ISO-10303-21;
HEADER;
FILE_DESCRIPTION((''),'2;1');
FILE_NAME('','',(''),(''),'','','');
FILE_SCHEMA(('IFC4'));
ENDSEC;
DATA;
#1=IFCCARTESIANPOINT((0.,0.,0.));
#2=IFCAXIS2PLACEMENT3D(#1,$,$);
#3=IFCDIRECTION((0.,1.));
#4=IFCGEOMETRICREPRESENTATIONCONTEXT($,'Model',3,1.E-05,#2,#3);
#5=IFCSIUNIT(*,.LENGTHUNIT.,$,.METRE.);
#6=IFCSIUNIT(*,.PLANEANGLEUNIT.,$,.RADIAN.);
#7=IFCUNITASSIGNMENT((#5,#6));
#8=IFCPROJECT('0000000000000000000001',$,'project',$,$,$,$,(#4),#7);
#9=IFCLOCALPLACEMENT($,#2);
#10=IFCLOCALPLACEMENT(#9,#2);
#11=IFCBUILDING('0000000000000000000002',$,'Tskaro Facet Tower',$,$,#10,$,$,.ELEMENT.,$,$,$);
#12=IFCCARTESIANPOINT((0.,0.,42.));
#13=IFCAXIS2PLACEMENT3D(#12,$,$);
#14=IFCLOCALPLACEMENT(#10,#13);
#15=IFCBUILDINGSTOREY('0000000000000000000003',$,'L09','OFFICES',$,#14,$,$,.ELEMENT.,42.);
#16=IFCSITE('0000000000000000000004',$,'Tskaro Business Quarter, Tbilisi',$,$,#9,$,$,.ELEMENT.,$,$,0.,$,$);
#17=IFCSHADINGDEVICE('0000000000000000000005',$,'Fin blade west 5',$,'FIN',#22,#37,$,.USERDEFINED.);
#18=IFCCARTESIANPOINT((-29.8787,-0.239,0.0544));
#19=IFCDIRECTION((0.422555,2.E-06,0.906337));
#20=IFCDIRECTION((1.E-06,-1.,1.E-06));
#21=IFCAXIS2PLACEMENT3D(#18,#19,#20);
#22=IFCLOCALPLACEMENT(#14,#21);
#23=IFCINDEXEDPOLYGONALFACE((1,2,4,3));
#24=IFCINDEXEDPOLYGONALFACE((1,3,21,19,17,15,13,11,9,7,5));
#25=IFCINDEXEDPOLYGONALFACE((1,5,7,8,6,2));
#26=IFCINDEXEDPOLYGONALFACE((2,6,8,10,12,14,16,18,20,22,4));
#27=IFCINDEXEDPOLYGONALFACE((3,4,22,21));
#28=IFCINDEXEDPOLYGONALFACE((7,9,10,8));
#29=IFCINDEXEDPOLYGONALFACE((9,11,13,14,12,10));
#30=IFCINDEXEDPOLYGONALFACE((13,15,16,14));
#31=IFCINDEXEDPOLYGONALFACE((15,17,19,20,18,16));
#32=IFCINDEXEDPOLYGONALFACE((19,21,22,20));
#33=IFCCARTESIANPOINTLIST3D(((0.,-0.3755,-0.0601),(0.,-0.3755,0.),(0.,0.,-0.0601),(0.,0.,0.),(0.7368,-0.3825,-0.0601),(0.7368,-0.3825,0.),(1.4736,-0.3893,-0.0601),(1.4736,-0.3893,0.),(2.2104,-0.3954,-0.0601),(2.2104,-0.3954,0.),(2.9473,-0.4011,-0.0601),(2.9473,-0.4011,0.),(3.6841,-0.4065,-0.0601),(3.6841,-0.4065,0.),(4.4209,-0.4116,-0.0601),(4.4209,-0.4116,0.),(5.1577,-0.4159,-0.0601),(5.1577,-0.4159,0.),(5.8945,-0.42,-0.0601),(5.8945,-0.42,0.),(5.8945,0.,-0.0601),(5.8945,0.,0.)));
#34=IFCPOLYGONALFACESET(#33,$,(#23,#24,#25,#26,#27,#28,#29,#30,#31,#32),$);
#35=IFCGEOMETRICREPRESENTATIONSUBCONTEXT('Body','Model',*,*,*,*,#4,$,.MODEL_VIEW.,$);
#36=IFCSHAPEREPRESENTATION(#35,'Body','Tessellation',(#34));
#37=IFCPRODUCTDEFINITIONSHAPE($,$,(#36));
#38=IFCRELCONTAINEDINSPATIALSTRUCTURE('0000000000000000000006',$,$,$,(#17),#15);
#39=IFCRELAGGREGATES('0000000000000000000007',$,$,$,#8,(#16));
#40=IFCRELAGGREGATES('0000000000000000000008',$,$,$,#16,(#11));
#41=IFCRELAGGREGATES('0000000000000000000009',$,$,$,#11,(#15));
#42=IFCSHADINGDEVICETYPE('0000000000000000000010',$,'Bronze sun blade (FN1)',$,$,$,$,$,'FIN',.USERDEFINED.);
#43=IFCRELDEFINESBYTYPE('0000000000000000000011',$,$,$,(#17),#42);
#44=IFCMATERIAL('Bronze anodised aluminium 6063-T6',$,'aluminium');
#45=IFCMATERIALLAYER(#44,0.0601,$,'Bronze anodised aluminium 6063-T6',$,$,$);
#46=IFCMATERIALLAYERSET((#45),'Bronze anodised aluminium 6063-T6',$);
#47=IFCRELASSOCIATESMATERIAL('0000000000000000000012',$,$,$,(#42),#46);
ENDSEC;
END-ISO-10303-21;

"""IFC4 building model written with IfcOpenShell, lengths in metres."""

from ifc_helpers import new_model, si_unit, direction, frame, origin, place, context, subcontext, project, spatial, polyline, outline, extrude, material, layer, layer_set, type_object, element, save


model = new_model("IFC4")

# Units and contexts
model_context = context("Model", 3, precision=1e-05, world=origin(), true_north=direction((0.0, 1.0)))
body_context = subcontext(model_context, "Body", "Model", "MODEL_VIEW")
ifc_project = project(units=[si_unit("LENGTHUNIT", "METRE"), si_unit("PLANEANGLEUNIT", "RADIAN")], contexts=[model_context])

# Site, building, storey
site_placement = place(None, origin())
site = spatial("IfcSite", under=ifc_project, at=site_placement, Name="Tskaro Business Quarter, Tbilisi", CompositionType="ELEMENT", RefElevation=0.0)
building_placement = place(site_placement, origin())
building = spatial("IfcBuilding", under=site, at=building_placement, Name="Tskaro Facet Tower", CompositionType="ELEMENT")
storey_placement = place(building_placement, frame((0.0, 0.0, 42.0)))
storey = spatial("IfcBuildingStorey", under=building, at=storey_placement, Name="L09", Description="OFFICES", CompositionType="ELEMENT", Elevation=42.0)

# Shared definitions
ifc_material_1 = material(Name="Bronze anodised aluminium 6063-T6", Category="aluminium")

# Shading device
ifc_layer_1 = layer(ifc_material_1, 0.0601, Name="Bronze anodised aluminium 6063-T6")
ifc_layer_set_1 = layer_set([ifc_layer_1], Name="Bronze anodised aluminium 6063-T6")
shading_device_type = type_object("IfcShadingDeviceType", Name="Bronze sun blade (FN1)", ElementType="FIN", PredefinedType="USERDEFINED", material=ifc_layer_set_1)
shading_device_1_placement = place(storey_placement, frame((-29.8787, -0.239, 0.0544), z_axis=(0.422555, 0.000002, 0.906337), x_axis=(0.000001, -1.0, 0.000001)))
element("IfcShadingDevice", 1, at=shading_device_1_placement, inside=storey, type_object=shading_device_type, Name="Fin blade west 5", ObjectType="FIN", PredefinedType="USERDEFINED", context=body_context, shape_type="SweptSolid", body=[
    extrude(outline(polyline([(0.0, 0.0), (5.8945, 0.0), (5.8945, -0.42), (5.1577, -0.4159), (4.4209, -0.4116), (3.6841, -0.4065), (2.9473, -0.4011), (2.2104, -0.3954), (1.4736, -0.3893), (0.7368, -0.3825), (0.0, -0.3755), (0.0, 0.0)])), origin(), (0.0, 0.0, -1.0), 0.0601),
])

save(model, "model.ifc")
